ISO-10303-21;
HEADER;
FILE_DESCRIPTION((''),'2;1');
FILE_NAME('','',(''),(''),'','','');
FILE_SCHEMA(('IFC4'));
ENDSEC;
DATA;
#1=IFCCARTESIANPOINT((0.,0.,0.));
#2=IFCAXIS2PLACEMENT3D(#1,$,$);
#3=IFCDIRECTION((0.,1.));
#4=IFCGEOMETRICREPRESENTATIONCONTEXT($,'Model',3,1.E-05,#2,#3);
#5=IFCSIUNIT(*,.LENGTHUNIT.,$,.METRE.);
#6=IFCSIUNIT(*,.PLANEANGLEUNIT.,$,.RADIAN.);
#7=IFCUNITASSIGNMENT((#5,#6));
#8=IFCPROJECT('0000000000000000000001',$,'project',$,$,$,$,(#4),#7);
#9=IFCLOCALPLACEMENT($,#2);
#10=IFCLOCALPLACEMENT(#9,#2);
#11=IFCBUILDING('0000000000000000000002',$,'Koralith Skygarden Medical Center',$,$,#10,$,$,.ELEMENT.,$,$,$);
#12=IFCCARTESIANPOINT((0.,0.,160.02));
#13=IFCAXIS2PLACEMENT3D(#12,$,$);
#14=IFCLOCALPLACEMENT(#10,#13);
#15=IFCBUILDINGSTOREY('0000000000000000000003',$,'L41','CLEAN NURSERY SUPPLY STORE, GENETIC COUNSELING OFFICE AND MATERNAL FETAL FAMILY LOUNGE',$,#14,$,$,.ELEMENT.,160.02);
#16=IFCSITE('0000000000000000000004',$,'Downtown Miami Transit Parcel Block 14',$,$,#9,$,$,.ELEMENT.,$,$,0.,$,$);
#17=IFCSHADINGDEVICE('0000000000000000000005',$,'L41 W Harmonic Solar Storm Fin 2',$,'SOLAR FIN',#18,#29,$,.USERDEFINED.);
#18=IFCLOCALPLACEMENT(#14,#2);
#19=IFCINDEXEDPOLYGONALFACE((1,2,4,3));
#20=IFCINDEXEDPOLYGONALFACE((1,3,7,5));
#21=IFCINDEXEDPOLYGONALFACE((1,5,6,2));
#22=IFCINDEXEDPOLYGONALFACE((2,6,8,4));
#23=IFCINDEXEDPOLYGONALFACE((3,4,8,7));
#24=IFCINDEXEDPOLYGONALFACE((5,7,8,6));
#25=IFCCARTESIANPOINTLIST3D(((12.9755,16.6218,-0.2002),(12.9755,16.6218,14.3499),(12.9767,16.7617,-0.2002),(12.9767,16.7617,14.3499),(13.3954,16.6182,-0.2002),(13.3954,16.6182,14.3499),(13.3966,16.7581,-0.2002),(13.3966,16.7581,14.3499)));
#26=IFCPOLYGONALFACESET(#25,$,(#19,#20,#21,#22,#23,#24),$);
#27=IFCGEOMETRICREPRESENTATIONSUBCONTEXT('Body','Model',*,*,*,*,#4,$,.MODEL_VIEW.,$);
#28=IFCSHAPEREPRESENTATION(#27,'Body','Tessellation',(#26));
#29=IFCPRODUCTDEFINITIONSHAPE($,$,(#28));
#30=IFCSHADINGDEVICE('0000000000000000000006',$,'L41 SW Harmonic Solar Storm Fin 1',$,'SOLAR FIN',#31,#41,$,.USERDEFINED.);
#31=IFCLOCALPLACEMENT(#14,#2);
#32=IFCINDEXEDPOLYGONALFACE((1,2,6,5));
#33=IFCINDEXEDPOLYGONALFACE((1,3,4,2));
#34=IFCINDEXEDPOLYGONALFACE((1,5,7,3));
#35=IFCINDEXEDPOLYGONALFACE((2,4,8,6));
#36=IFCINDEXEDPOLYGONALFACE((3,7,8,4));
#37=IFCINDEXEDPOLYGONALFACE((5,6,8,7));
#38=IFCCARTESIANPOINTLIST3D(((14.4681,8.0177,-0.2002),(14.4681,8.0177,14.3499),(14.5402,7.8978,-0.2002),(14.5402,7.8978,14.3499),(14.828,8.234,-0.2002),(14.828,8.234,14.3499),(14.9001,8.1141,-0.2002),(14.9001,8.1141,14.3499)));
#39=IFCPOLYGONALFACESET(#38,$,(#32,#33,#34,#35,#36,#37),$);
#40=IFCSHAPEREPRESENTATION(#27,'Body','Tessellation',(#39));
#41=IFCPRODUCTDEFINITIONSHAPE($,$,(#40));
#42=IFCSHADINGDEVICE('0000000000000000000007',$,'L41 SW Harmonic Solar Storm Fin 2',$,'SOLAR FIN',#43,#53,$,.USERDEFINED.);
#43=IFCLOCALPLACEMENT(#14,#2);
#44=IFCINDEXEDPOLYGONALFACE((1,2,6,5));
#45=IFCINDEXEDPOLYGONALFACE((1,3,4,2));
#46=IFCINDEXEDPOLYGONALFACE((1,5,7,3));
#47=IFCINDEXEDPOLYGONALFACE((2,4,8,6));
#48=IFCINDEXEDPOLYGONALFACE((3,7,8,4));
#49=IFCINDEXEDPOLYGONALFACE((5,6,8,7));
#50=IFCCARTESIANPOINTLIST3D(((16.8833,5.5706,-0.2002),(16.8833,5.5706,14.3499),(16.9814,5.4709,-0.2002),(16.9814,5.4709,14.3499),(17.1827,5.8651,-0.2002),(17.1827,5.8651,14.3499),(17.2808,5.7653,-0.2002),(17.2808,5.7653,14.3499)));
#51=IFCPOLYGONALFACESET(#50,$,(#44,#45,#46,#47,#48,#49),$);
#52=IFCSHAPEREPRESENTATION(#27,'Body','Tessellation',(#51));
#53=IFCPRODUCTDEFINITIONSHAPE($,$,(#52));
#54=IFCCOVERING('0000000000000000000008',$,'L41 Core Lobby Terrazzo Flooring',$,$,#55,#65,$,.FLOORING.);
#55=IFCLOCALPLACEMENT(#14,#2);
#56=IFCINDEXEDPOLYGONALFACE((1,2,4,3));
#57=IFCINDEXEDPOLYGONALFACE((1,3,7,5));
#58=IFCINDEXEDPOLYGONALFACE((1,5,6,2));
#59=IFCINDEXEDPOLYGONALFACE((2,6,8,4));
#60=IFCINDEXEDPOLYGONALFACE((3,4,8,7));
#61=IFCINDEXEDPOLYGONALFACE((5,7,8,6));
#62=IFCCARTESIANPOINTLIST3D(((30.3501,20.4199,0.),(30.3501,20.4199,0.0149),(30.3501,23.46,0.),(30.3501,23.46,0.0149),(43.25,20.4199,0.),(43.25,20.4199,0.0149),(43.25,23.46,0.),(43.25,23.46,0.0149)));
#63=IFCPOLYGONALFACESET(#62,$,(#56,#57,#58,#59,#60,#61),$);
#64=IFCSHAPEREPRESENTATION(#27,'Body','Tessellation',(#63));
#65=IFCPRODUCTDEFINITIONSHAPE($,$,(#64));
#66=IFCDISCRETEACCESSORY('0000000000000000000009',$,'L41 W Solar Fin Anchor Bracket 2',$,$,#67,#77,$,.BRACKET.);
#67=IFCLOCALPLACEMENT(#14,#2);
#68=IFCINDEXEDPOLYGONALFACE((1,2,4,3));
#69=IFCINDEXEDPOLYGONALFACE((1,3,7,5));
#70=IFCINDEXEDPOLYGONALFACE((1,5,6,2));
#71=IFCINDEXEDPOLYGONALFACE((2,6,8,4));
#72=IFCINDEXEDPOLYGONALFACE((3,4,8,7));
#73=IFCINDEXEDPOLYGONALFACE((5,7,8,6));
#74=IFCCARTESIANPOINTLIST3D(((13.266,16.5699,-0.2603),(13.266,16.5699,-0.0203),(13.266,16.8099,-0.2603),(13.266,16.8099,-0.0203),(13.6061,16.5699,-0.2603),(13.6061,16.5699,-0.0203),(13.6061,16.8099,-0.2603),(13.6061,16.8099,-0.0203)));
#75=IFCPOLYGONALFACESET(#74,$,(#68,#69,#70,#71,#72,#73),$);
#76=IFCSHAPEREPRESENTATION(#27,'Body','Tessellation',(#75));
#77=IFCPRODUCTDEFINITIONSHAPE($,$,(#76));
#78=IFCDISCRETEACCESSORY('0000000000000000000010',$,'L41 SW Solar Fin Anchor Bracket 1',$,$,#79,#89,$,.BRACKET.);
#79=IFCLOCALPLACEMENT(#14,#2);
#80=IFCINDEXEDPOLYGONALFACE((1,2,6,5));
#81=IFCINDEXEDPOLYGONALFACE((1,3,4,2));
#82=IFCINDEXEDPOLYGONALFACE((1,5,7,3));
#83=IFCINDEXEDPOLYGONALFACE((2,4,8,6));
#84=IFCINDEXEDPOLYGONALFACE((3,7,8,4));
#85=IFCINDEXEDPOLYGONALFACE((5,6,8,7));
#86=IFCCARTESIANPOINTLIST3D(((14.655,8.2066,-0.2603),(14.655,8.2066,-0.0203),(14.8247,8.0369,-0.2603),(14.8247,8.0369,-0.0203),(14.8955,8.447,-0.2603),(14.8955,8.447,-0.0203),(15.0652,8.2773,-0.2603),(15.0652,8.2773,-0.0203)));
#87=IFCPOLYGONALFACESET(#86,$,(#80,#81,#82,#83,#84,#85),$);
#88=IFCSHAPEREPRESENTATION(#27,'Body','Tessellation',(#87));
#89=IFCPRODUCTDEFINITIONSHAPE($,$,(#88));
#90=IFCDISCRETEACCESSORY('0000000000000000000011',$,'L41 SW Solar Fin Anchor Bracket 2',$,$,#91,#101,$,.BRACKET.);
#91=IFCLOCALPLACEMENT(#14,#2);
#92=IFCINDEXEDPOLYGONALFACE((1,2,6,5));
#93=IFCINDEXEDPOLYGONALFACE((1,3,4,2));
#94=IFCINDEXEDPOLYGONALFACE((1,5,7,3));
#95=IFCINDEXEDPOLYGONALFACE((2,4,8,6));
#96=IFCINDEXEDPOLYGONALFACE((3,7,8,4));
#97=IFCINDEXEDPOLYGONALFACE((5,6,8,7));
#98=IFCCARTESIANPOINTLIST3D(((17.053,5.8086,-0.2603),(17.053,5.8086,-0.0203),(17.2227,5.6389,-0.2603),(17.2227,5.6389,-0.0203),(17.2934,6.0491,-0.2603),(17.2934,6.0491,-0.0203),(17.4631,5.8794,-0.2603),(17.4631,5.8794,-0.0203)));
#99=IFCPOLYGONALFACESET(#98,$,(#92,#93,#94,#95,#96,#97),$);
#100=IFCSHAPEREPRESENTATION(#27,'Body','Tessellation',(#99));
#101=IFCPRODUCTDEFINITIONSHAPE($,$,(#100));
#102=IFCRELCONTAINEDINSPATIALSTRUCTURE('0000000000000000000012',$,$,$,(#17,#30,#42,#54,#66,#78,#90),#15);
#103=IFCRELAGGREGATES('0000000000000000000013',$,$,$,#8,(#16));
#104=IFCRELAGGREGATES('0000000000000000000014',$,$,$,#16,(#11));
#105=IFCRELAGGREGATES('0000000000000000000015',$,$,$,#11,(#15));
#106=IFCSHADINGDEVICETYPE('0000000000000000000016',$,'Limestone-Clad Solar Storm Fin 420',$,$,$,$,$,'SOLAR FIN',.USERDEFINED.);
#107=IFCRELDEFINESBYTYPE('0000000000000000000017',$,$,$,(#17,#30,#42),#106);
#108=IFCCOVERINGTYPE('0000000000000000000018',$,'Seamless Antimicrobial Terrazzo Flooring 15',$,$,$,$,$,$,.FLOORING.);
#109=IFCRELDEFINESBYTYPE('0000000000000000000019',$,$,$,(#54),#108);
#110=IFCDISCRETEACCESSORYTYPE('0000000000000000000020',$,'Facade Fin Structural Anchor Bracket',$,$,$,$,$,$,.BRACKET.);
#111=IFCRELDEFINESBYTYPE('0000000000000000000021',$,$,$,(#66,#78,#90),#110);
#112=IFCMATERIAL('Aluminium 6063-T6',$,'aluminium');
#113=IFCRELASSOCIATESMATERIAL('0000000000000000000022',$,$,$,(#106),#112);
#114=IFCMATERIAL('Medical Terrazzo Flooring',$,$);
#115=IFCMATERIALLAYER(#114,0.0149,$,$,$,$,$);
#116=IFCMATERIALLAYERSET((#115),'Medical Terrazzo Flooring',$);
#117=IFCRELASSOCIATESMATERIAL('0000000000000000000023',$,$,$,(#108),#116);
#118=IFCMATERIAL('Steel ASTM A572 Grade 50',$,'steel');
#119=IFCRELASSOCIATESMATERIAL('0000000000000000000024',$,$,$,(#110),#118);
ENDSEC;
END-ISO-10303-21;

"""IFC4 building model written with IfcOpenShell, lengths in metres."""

from ifc_helpers import new_model, si_unit, direction, frame, origin, origin_2d, place, context, subcontext, project, spatial, polyline, rectangle, outline, extrude, material, layer, layer_set, type_object, element, save


model = new_model("IFC4")

# Units and contexts
model_context = context("Model", 3, precision=1e-05, world=origin(), true_north=direction((0.0, 1.0)))
body_context = subcontext(model_context, "Body", "Model", "MODEL_VIEW")
ifc_project = project(units=[si_unit("LENGTHUNIT", "METRE"), si_unit("PLANEANGLEUNIT", "RADIAN")], contexts=[model_context])

# Site, building, storey
site_placement = place(None, origin())
site = spatial("IfcSite", under=ifc_project, at=site_placement, Name="Downtown Miami Transit Parcel Block 14", CompositionType="ELEMENT", RefElevation=0.0)
building_placement = place(site_placement, origin())
building = spatial("IfcBuilding", under=site, at=building_placement, Name="Koralith Skygarden Medical Center", CompositionType="ELEMENT")
storey_placement = place(building_placement, frame((0.0, 0.0, 160.02)))
storey = spatial("IfcBuildingStorey", under=building, at=storey_placement, Name="L41", Description="CLEAN NURSERY SUPPLY STORE, GENETIC COUNSELING OFFICE AND MATERNAL FETAL FAMILY LOUNGE", CompositionType="ELEMENT", Elevation=160.02)

# Shared definitions
ifc_material_1 = material(Name="Aluminium 6063-T6", Category="aluminium")

# Shading devices
shading_device_type = type_object("IfcShadingDeviceType", Name="Limestone-Clad Solar Storm Fin 420", ElementType="SOLAR FIN", PredefinedType="USERDEFINED", material=ifc_material_1)
for number, where, z_axis, x_axis, name in (
    (1, (13.186, 16.6899, -0.2002), (0.0, 0.0, 1.0), (-0.999964, 0.00843, 0.0), "L41 W Harmonic Solar Storm Fin 2"),
    (2, (14.6841, 8.0659, -0.2002), (0.0, 0.0, 1.0), (-0.857095, -0.515158, 0.0), "L41 SW Harmonic Solar Storm Fin 1"),
    (3, (17.082, 5.668, -0.2002), (0.0, 0.0, 1.0), (-0.713042, -0.701121, 0.0), "L41 SW Harmonic Solar Storm Fin 2"),
):
    element("IfcShadingDevice", number, at=place(storey_placement, frame(where, z_axis=z_axis, x_axis=x_axis)), inside=storey, type_object=shading_device_type, Name=name, ObjectType="SOLAR FIN", PredefinedType="USERDEFINED", context=body_context, shape_type="SweptSolid", body=[
        extrude(rectangle(XDim=0.4199, YDim=0.1399, at=origin_2d()), origin(), (0.0, 0.0, 1.0), 14.55),
    ])

# Covering
ifc_material_2 = material(Name="Medical Terrazzo Flooring")
ifc_layer_1 = layer(ifc_material_2, 0.0149)
ifc_layer_set_1 = layer_set([ifc_layer_1], Name="Medical Terrazzo Flooring")
covering_type_1 = type_object("IfcCoveringType", Name="Seamless Antimicrobial Terrazzo Flooring 15", PredefinedType="FLOORING", material=ifc_layer_set_1)
covering_1_placement = place(storey_placement, origin())
element("IfcCovering", 4, at=covering_1_placement, inside=storey, type_object=covering_type_1, Name="L41 Core Lobby Terrazzo Flooring", PredefinedType="FLOORING", context=body_context, shape_type="SweptSolid", body=[
    extrude(outline(polyline([(30.3501, 20.4199), (43.25, 20.4199), (43.25, 23.46), (30.3501, 23.46), (30.3501, 20.4199)])), origin(), (0.0, 0.0, 1.0), 0.0149),
])

# Discrete accessories
ifc_material_3 = material(Name="Steel ASTM A572 Grade 50", Category="steel")
discrete_accessory_type = type_object("IfcDiscreteAccessoryType", Name="Facade Fin Structural Anchor Bracket", PredefinedType="BRACKET", material=ifc_material_3)
for number, where, z_axis, x_axis, name in (
    (5, (13.436, 16.6899, -0.2603), (0.0, 0.0, 1.0), (-1.0, 0.0, 0.0), "L41 W Solar Fin Anchor Bracket 2"),
    (6, (14.8601, 8.2419, -0.2603), (0.0, 0.0, 1.0), (-0.707107, -0.707107, 0.0), "L41 SW Solar Fin Anchor Bracket 1"),
    (7, (17.2581, 5.844, -0.2603), (0.0, 0.0, 1.0), (-0.707107, -0.707107, 0.0), "L41 SW Solar Fin Anchor Bracket 2"),
):
    element("IfcDiscreteAccessory", number, at=place(storey_placement, frame(where, z_axis=z_axis, x_axis=x_axis)), inside=storey, type_object=discrete_accessory_type, Name=name, PredefinedType="BRACKET", context=body_context, shape_type="SweptSolid", body=[
        extrude(rectangle(XDim=0.3401, YDim=0.24, at=origin_2d()), origin(), (0.0, 0.0, 1.0), 0.24),
    ])

save(model, "model.ifc")
